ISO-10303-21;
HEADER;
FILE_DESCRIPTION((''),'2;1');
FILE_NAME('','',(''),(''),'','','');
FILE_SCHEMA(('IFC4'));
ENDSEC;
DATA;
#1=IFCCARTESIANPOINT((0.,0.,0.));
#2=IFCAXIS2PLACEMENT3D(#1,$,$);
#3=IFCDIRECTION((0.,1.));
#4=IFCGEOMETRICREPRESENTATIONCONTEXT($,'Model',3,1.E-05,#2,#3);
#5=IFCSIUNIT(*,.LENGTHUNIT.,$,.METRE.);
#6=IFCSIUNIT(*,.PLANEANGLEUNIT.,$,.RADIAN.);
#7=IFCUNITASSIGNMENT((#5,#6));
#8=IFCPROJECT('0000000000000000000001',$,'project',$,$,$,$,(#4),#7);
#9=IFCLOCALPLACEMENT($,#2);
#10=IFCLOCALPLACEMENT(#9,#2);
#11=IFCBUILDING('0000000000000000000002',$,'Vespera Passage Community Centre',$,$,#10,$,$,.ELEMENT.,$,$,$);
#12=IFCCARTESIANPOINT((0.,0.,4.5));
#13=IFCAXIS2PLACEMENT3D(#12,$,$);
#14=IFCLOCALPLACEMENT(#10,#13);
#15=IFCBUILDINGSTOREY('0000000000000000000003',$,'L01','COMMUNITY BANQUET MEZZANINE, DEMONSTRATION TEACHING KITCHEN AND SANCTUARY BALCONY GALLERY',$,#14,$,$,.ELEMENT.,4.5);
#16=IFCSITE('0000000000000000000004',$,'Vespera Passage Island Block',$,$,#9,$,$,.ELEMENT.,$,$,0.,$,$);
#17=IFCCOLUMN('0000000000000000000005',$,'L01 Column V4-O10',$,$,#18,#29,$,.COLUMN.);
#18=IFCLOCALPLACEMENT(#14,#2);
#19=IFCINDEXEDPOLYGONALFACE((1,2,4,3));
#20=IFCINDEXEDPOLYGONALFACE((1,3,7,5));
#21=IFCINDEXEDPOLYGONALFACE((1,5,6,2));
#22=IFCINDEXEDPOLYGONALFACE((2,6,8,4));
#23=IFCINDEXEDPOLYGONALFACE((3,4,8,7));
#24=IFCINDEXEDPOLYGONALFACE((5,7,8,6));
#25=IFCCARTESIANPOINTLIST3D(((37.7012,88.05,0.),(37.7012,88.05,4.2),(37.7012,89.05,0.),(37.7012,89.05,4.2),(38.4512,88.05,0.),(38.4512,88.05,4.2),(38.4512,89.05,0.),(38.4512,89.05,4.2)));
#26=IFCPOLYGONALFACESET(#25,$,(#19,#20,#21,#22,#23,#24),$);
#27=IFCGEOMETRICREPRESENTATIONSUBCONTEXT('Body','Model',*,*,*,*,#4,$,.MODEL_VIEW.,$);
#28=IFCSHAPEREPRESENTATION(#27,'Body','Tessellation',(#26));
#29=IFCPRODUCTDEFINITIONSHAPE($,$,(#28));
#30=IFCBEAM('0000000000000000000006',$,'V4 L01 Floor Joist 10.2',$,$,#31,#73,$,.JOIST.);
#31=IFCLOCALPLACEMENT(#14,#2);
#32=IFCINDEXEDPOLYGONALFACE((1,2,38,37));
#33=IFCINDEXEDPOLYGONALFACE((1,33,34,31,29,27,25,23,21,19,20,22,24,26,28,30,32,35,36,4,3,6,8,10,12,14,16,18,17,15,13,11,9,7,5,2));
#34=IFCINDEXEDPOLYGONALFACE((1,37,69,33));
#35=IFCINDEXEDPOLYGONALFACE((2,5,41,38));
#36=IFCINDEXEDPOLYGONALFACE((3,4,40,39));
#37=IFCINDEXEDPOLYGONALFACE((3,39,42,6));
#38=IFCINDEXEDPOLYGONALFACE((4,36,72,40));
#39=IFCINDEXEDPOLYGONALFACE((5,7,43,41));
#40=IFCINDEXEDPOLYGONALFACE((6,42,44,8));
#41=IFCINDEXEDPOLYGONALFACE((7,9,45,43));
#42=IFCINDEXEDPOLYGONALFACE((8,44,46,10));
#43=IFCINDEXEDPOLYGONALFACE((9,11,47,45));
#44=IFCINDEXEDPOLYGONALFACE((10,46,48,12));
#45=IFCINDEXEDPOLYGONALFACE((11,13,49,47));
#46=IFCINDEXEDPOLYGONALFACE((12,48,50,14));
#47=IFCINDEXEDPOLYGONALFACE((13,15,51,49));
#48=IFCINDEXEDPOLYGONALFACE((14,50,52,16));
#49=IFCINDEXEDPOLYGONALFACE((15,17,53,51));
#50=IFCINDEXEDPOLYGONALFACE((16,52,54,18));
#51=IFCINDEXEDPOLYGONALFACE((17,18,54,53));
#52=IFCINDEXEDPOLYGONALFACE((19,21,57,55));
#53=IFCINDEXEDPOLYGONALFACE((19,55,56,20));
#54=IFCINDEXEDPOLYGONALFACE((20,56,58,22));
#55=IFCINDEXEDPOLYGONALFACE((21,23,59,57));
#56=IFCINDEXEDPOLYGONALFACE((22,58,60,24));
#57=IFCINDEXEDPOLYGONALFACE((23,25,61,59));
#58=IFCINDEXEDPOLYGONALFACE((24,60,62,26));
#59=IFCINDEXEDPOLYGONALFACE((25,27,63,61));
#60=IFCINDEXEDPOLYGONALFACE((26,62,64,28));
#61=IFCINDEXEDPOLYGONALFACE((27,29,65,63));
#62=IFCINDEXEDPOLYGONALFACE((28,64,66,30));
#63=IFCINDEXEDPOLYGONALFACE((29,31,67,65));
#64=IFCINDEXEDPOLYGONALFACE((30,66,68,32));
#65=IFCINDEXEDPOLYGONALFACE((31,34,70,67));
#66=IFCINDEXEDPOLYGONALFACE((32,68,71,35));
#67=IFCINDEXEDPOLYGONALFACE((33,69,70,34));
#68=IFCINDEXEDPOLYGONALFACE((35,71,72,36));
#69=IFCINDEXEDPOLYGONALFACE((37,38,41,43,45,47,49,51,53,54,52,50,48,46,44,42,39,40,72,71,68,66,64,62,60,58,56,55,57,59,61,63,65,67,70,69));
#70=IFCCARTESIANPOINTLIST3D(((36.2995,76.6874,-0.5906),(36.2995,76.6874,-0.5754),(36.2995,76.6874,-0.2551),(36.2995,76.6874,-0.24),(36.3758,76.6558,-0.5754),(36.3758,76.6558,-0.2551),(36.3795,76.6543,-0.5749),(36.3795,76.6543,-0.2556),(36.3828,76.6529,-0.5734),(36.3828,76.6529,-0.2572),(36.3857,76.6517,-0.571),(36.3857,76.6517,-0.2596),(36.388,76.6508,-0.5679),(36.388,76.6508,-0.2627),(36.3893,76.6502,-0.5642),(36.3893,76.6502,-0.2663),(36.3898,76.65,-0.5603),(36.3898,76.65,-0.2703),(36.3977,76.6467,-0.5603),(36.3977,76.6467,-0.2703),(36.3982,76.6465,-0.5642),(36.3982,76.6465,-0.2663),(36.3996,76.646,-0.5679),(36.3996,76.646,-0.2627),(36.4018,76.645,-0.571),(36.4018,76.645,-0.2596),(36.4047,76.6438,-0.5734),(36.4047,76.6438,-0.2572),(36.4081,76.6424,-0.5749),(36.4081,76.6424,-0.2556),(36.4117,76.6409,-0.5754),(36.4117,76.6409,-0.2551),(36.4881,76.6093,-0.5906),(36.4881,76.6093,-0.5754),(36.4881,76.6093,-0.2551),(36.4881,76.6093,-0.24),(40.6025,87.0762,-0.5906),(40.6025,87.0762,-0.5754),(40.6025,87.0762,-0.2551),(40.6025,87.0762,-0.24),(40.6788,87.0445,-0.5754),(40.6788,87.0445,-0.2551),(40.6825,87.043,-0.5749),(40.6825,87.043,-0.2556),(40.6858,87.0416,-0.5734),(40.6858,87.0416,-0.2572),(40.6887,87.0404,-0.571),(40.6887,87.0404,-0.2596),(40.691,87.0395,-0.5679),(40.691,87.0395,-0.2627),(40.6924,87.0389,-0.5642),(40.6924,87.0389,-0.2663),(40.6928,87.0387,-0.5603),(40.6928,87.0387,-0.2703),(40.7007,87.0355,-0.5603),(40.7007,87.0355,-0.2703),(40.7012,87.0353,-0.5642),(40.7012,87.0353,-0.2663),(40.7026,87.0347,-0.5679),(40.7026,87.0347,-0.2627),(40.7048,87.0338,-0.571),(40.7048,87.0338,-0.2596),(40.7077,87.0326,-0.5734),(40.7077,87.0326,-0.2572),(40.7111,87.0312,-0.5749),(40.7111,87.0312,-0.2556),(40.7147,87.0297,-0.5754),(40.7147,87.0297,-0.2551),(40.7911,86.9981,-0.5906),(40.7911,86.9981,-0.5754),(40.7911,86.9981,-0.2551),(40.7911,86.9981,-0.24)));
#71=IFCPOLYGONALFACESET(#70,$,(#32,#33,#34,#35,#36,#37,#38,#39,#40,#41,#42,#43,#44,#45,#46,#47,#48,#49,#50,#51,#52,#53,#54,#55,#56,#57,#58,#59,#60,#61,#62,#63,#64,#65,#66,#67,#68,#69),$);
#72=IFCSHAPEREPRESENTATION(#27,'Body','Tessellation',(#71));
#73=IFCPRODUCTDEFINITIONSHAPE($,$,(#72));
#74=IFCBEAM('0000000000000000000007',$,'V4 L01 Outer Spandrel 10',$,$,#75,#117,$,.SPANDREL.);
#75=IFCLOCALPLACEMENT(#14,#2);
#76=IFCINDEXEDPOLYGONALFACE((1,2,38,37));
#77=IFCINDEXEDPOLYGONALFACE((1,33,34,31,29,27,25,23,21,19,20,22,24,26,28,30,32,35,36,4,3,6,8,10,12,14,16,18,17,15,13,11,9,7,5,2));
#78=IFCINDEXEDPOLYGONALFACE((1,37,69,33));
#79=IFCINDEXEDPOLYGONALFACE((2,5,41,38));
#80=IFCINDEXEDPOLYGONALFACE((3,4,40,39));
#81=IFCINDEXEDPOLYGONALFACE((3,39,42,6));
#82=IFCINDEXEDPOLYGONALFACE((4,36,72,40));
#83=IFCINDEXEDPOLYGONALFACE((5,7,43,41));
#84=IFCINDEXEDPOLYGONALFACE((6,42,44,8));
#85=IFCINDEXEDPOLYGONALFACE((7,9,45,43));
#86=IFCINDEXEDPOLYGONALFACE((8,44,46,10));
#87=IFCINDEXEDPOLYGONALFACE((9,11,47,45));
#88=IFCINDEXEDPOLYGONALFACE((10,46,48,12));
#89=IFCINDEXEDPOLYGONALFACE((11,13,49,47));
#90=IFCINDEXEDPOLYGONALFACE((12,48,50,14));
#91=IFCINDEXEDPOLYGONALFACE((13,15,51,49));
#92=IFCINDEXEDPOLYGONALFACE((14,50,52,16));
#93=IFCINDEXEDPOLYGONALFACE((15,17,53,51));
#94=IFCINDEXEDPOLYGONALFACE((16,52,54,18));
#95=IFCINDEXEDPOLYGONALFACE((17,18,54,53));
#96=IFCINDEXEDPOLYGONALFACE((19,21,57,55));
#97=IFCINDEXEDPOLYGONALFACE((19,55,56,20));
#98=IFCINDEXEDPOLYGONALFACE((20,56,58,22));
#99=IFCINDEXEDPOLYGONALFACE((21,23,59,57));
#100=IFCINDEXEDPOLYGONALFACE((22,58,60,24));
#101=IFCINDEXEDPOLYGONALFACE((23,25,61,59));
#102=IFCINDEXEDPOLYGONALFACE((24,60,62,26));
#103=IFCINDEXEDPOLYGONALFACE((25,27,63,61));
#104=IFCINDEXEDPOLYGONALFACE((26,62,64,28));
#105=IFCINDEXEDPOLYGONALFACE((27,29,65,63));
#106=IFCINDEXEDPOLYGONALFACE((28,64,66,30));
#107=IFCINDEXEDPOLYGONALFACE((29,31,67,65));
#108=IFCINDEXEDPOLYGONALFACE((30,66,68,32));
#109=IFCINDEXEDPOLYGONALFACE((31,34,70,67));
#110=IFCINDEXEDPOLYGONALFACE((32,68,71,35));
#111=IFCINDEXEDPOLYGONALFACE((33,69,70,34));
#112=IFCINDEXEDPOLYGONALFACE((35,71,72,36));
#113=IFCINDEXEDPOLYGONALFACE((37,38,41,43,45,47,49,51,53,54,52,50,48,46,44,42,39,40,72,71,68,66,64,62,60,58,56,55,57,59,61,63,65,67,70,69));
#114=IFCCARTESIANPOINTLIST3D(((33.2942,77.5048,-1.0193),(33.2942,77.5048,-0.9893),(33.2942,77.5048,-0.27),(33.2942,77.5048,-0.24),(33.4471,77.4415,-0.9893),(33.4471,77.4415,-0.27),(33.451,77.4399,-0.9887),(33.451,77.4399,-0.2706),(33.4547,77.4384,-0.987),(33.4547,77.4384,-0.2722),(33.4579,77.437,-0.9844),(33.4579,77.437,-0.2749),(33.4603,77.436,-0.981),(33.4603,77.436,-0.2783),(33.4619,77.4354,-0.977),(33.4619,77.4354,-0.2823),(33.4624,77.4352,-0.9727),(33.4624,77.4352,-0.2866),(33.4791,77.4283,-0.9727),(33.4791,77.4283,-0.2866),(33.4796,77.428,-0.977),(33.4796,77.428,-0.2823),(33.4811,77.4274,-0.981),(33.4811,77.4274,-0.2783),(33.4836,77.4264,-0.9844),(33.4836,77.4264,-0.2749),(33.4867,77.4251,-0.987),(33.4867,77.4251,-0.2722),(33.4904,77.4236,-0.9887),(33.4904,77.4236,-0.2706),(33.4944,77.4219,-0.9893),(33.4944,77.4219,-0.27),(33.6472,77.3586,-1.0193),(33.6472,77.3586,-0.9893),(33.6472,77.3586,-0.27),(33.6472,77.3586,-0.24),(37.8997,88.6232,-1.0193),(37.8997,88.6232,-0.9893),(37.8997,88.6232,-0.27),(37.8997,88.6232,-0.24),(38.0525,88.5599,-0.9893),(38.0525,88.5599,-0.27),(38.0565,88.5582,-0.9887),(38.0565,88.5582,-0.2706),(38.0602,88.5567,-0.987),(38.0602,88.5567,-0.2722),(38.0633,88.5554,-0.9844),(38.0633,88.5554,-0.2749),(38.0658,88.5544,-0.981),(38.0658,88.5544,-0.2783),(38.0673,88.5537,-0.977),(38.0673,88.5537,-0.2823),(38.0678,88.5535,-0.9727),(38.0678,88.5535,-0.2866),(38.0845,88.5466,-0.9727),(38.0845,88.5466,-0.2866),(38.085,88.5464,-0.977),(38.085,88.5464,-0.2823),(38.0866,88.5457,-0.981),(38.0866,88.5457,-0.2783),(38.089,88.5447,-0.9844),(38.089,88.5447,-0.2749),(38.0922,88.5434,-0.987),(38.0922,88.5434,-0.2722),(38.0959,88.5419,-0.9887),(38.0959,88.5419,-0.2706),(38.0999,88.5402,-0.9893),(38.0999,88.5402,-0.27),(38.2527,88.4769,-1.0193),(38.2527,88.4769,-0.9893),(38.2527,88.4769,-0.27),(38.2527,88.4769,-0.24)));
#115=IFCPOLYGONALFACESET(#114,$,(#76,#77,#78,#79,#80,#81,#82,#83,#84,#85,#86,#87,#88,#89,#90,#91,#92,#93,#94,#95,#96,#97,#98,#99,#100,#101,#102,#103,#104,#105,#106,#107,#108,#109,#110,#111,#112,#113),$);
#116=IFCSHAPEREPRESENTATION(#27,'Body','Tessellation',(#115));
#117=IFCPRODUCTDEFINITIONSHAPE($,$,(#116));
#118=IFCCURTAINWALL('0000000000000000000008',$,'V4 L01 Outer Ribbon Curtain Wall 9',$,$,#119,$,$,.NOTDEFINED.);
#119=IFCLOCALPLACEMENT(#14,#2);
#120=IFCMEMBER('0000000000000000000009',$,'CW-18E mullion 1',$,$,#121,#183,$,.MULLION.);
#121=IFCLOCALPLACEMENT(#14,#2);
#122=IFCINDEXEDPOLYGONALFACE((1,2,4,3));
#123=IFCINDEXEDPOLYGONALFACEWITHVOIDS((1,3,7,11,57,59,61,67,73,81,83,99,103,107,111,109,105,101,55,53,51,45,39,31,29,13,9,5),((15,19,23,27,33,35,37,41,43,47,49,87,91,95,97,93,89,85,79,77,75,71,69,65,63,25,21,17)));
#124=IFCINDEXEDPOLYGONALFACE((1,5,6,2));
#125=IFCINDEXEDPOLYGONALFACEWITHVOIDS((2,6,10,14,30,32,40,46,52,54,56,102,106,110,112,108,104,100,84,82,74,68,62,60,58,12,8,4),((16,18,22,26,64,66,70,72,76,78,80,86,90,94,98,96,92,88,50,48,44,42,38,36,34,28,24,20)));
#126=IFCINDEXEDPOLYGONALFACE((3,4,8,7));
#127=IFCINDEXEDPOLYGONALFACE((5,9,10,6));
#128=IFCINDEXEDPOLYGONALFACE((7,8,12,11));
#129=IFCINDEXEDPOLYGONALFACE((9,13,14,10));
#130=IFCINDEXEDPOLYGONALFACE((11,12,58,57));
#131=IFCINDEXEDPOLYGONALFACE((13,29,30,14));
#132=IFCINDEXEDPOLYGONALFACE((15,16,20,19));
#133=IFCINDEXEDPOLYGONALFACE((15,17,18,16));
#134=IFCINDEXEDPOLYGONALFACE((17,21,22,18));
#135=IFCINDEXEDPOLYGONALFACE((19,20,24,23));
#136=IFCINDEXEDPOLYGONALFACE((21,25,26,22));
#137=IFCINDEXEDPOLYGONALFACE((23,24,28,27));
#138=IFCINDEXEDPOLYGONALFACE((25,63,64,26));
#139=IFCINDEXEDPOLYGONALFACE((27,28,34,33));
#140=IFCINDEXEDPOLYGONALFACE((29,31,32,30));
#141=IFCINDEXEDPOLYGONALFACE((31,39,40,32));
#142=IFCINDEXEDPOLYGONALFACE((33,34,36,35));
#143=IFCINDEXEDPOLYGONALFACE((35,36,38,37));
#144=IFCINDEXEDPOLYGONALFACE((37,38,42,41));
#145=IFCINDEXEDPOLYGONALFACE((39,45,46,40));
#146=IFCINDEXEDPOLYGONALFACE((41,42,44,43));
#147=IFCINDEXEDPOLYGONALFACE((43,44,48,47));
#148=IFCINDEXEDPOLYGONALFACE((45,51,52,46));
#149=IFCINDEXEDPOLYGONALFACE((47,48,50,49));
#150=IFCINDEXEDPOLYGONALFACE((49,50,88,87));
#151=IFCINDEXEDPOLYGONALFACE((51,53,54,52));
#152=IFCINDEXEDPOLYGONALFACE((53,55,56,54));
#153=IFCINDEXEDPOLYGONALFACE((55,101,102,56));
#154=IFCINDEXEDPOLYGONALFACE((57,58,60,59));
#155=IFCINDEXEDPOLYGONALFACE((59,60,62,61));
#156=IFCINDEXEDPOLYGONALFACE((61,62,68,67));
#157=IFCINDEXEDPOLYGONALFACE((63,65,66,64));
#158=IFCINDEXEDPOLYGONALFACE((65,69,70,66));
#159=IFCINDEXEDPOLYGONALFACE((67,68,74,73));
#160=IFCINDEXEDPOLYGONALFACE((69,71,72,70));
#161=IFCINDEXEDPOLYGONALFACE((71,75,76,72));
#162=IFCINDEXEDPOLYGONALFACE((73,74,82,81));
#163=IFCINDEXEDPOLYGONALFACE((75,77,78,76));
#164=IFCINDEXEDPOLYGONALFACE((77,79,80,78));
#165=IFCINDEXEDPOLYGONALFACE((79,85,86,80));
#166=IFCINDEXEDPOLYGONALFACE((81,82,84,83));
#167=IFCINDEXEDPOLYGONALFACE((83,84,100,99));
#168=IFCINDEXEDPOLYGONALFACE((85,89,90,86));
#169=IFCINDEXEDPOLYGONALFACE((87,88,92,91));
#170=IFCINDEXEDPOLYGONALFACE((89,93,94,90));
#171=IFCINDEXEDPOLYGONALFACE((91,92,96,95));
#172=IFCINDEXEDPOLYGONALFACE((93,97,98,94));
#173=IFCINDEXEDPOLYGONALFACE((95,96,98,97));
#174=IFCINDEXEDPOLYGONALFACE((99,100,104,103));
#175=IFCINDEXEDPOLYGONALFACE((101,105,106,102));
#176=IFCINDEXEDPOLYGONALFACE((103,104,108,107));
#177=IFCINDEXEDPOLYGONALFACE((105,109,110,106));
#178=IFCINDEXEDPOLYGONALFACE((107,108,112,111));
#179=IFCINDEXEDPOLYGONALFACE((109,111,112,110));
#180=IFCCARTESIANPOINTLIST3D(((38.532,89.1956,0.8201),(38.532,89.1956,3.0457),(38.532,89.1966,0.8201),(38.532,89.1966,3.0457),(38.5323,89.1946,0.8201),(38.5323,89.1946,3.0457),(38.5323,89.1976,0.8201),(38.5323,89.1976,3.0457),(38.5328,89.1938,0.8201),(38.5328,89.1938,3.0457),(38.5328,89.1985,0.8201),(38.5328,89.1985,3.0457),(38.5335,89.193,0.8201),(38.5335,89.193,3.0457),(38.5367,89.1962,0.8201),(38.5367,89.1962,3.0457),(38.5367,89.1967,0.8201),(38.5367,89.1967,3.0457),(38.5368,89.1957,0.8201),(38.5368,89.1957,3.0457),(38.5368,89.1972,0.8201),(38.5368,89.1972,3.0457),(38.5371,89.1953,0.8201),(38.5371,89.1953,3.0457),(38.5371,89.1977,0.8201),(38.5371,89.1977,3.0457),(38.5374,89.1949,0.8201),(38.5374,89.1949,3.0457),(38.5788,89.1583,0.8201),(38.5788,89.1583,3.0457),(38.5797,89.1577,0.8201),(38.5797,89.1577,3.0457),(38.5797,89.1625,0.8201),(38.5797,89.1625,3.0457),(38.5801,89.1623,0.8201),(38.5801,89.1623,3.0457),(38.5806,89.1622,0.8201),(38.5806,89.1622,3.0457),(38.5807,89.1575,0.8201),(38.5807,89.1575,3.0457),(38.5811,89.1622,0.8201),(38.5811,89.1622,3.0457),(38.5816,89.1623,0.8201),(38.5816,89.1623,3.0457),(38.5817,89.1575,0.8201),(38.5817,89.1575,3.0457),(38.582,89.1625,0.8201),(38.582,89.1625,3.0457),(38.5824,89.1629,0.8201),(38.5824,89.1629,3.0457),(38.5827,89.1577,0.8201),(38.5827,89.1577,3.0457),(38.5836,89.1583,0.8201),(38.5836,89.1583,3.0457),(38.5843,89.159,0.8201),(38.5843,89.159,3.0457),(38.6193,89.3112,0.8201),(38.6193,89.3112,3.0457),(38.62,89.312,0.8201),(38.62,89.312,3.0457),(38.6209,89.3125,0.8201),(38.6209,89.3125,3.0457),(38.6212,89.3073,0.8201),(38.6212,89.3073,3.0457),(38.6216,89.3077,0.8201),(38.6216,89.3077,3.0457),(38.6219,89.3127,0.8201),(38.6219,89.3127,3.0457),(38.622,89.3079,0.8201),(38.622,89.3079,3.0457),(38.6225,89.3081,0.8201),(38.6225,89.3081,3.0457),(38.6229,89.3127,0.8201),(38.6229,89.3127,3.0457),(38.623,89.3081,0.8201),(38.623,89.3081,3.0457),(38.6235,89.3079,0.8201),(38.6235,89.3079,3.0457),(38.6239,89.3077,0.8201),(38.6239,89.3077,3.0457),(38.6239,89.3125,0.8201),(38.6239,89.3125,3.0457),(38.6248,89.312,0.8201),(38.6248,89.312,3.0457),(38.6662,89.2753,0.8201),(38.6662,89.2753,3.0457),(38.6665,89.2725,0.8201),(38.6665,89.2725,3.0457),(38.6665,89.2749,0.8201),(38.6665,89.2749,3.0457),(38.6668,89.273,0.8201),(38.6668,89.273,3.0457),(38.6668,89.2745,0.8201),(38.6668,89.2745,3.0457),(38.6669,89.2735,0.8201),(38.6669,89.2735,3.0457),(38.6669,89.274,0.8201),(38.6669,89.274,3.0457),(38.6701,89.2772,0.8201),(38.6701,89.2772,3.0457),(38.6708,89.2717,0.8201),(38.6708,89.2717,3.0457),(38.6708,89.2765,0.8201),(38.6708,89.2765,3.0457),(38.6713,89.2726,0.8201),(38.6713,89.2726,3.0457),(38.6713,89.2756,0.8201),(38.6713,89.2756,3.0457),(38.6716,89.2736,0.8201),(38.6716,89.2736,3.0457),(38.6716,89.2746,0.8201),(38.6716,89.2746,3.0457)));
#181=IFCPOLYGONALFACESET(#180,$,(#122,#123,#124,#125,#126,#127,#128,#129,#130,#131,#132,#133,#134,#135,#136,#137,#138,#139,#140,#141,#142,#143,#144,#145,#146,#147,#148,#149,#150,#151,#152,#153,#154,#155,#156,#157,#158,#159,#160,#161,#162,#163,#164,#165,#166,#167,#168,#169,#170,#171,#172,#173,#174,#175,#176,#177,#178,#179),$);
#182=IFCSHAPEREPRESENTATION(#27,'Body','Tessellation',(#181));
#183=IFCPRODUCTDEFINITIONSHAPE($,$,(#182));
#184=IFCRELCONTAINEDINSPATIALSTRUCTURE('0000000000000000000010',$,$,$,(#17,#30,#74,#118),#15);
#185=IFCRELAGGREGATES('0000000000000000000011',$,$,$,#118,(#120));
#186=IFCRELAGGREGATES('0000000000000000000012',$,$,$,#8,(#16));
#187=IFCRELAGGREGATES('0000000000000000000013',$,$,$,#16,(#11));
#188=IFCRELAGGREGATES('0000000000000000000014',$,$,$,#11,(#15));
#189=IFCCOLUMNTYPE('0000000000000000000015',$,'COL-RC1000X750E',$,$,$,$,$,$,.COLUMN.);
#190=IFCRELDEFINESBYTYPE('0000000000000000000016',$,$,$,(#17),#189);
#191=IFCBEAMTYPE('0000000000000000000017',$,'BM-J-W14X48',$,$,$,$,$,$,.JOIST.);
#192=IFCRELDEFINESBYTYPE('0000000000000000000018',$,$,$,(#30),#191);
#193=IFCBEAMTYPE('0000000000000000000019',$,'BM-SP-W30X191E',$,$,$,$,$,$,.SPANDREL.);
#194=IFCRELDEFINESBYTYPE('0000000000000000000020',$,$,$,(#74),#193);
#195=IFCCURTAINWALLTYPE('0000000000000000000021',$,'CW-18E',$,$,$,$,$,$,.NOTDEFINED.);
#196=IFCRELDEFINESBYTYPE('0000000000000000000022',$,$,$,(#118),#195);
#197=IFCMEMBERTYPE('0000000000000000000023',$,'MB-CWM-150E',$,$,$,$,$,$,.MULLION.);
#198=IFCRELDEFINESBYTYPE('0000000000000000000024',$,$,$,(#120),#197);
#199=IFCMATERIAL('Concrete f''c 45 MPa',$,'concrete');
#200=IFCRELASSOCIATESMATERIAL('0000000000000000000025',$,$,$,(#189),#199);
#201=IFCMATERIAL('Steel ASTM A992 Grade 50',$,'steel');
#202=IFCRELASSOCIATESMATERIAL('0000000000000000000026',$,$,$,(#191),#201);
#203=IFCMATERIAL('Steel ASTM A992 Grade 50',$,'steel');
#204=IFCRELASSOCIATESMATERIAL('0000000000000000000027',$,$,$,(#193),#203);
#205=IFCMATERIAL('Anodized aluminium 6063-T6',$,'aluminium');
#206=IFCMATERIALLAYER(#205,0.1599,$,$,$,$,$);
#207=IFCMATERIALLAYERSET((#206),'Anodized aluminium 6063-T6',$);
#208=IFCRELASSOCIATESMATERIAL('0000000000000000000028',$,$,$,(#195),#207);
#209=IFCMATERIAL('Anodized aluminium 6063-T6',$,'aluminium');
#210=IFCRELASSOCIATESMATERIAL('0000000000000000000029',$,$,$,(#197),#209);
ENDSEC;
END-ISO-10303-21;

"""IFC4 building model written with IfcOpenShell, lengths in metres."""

from ifc_helpers import new_model, si_unit, direction, frame, origin, origin_2d, place, context, subcontext, project, spatial, rectangle, hollow_rectangle, i_section, extrude, material, layer, layer_set, material_profile, profile_set, type_object, element, aggregate, save


model = new_model("IFC4")

# Units and contexts
model_context = context("Model", 3, precision=1e-05, world=origin(), true_north=direction((0.0, 1.0)))
body_context = subcontext(model_context, "Body", "Model", "MODEL_VIEW")
ifc_project = project(units=[si_unit("LENGTHUNIT", "METRE"), si_unit("PLANEANGLEUNIT", "RADIAN")], contexts=[model_context])

# Site, building, storey
site_placement = place(None, origin())
site = spatial("IfcSite", under=ifc_project, at=site_placement, Name="Vespera Passage Island Block", CompositionType="ELEMENT", RefElevation=0.0)
building_placement = place(site_placement, origin())
building = spatial("IfcBuilding", under=site, at=building_placement, Name="Vespera Passage Community Centre", CompositionType="ELEMENT")
storey_placement = place(building_placement, frame((0.0, 0.0, 4.5)))
storey = spatial("IfcBuildingStorey", under=building, at=storey_placement, Name="L01", Description="COMMUNITY BANQUET MEZZANINE, DEMONSTRATION TEACHING KITCHEN AND SANCTUARY BALCONY GALLERY", CompositionType="ELEMENT", Elevation=4.5)

# Column
ifc_material_1 = material(Name="Concrete f'c 45 MPa", Category="concrete")
ifc_material_profile_1 = material_profile(ifc_material_1, rectangle(XDim=0.75, YDim=1.0, at=origin_2d()), Name="RC1000X750")
ifc_profile_set_1 = profile_set([ifc_material_profile_1], Name="Concrete f'c 45 MPa")
column_type = type_object("IfcColumnType", Name="COL-RC1000X750E", PredefinedType="COLUMN", material=ifc_profile_set_1)
column_placement = place(storey_placement, frame((38.0762, 88.55, 0.0), z_axis=(0.0, 0.0, 1.0), x_axis=(1.0, 0.0, 0.0)))
element("IfcColumn", 1, at=column_placement, inside=storey, type_object=column_type, Name="L01 Column V4-O10", PredefinedType="COLUMN", context=body_context, shape_type="SweptSolid", body=[
    extrude(rectangle(XDim=0.75, YDim=1.0, at=origin_2d()), origin(), (0.0, 0.0, 1.0), 4.2),
])

# Beams
ifc_material_2 = material(Name="Steel ASTM A992 Grade 50", Category="steel")
ifc_material_profile_2 = material_profile(ifc_material_2, i_section(OverallWidth=0.2041, OverallDepth=0.3506, WebThickness=0.0085, FlangeThickness=0.0151, FilletRadius=0.0151, at=origin_2d()), Name="W14X48")
ifc_profile_set_2 = profile_set([ifc_material_profile_2], Name="Steel ASTM A992 Grade 50")
beam_type_1 = type_object("IfcBeamType", Name="BM-J-W14X48", PredefinedType="JOIST", material=ifc_profile_set_2)
beam_1_placement = place(storey_placement, frame((40.6968, 87.0371, -0.4153), z_axis=(-0.382672, -0.923884, 0.0), x_axis=(0.923884, -0.382672, 0.0)))
element("IfcBeam", 2, at=beam_1_placement, inside=storey, type_object=beam_type_1, Name="V4 L01 Floor Joist 10.2", PredefinedType="JOIST", context=body_context, shape_type="SweptSolid", body=[
    extrude(i_section(OverallWidth=0.2041, OverallDepth=0.3506, WebThickness=0.0085, FlangeThickness=0.0151, FilletRadius=0.0151, at=origin_2d()), origin(), (0.0, 0.0, 1.0), 11.2446),
])
ifc_material_3 = material(Name="Steel ASTM A992 Grade 50", Category="steel")
ifc_material_profile_3 = material_profile(ifc_material_3, i_section(OverallWidth=0.3821, OverallDepth=0.7793, WebThickness=0.0181, FlangeThickness=0.03, FilletRadius=0.0166, at=origin_2d()), Name="W30X191")
ifc_profile_set_3 = profile_set([ifc_material_profile_3], Name="Steel ASTM A992 Grade 50")
beam_type_2 = type_object("IfcBeamType", Name="BM-SP-W30X191E", PredefinedType="SPANDREL", material=ifc_profile_set_3)
beam_2_placement = place(storey_placement, frame((38.0762, 88.55, -0.6296), z_axis=(-0.382689, -0.923877, 0.0), x_axis=(0.923877, -0.382689, 0.0)))
element("IfcBeam", 3, at=beam_2_placement, inside=storey, type_object=beam_type_2, Name="V4 L01 Outer Spandrel 10", PredefinedType="SPANDREL", context=body_context, shape_type="SweptSolid", body=[
    extrude(i_section(OverallWidth=0.3821, OverallDepth=0.7793, WebThickness=0.0181, FlangeThickness=0.03, FilletRadius=0.0166, at=origin_2d()), origin(), (0.0, 0.0, 1.0), 12.0344),
])

# Curtain wall, member
ifc_material_4 = material(Name="Anodized aluminium 6063-T6", Category="aluminium")
ifc_layer_1 = layer(ifc_material_4, 0.1599)
ifc_layer_set_1 = layer_set([ifc_layer_1], Name="Anodized aluminium 6063-T6")
curtain_wall_type_1 = type_object("IfcCurtainWallType", Name="CW-18E", PredefinedType="NOTDEFINED", material=ifc_layer_set_1)
curtain_wall_1_placement = place(storey_placement, origin())
curtain_wall_1 = element("IfcCurtainWall", 4, at=curtain_wall_1_placement, inside=storey, type_object=curtain_wall_type_1, Name="V4 L01 Outer Ribbon Curtain Wall 9", PredefinedType="NOTDEFINED")
ifc_material_5 = material(Name="Anodized aluminium 6063-T6", Category="aluminium")
ifc_material_profile_4 = material_profile(ifc_material_5, hollow_rectangle(XDim=0.0649, YDim=0.1499, WallThickness=0.0039, InnerFilletRadius=0.002, OuterFilletRadius=0.0039, at=origin_2d()), Name="ALU150X65X4")
ifc_profile_set_4 = profile_set([ifc_material_profile_4], Name="Anodized aluminium 6063-T6")
member_type_1 = type_object("IfcMemberType", Name="MB-CWM-150E", PredefinedType="MULLION", material=ifc_profile_set_4)
member_1_placement = place(storey_placement, frame((38.6018, 89.2351, 0.8201), z_axis=(0.0, 0.0, 1.0), x_axis=(-0.79335, 0.608765, 0.0)))
member_1 = element("IfcMember", 5, at=member_1_placement, type_object=member_type_1, Name="CW-18E mullion 1", PredefinedType="MULLION", context=body_context, shape_type="SweptSolid", body=[
    extrude(hollow_rectangle(XDim=0.0649, YDim=0.1499, WallThickness=0.0039, InnerFilletRadius=0.002, OuterFilletRadius=0.0039, at=origin_2d()), origin(), (0.0, 0.0, 1.0), 2.2256),
])

aggregate(curtain_wall_1, [member_1])

save(model, "model.ifc")
